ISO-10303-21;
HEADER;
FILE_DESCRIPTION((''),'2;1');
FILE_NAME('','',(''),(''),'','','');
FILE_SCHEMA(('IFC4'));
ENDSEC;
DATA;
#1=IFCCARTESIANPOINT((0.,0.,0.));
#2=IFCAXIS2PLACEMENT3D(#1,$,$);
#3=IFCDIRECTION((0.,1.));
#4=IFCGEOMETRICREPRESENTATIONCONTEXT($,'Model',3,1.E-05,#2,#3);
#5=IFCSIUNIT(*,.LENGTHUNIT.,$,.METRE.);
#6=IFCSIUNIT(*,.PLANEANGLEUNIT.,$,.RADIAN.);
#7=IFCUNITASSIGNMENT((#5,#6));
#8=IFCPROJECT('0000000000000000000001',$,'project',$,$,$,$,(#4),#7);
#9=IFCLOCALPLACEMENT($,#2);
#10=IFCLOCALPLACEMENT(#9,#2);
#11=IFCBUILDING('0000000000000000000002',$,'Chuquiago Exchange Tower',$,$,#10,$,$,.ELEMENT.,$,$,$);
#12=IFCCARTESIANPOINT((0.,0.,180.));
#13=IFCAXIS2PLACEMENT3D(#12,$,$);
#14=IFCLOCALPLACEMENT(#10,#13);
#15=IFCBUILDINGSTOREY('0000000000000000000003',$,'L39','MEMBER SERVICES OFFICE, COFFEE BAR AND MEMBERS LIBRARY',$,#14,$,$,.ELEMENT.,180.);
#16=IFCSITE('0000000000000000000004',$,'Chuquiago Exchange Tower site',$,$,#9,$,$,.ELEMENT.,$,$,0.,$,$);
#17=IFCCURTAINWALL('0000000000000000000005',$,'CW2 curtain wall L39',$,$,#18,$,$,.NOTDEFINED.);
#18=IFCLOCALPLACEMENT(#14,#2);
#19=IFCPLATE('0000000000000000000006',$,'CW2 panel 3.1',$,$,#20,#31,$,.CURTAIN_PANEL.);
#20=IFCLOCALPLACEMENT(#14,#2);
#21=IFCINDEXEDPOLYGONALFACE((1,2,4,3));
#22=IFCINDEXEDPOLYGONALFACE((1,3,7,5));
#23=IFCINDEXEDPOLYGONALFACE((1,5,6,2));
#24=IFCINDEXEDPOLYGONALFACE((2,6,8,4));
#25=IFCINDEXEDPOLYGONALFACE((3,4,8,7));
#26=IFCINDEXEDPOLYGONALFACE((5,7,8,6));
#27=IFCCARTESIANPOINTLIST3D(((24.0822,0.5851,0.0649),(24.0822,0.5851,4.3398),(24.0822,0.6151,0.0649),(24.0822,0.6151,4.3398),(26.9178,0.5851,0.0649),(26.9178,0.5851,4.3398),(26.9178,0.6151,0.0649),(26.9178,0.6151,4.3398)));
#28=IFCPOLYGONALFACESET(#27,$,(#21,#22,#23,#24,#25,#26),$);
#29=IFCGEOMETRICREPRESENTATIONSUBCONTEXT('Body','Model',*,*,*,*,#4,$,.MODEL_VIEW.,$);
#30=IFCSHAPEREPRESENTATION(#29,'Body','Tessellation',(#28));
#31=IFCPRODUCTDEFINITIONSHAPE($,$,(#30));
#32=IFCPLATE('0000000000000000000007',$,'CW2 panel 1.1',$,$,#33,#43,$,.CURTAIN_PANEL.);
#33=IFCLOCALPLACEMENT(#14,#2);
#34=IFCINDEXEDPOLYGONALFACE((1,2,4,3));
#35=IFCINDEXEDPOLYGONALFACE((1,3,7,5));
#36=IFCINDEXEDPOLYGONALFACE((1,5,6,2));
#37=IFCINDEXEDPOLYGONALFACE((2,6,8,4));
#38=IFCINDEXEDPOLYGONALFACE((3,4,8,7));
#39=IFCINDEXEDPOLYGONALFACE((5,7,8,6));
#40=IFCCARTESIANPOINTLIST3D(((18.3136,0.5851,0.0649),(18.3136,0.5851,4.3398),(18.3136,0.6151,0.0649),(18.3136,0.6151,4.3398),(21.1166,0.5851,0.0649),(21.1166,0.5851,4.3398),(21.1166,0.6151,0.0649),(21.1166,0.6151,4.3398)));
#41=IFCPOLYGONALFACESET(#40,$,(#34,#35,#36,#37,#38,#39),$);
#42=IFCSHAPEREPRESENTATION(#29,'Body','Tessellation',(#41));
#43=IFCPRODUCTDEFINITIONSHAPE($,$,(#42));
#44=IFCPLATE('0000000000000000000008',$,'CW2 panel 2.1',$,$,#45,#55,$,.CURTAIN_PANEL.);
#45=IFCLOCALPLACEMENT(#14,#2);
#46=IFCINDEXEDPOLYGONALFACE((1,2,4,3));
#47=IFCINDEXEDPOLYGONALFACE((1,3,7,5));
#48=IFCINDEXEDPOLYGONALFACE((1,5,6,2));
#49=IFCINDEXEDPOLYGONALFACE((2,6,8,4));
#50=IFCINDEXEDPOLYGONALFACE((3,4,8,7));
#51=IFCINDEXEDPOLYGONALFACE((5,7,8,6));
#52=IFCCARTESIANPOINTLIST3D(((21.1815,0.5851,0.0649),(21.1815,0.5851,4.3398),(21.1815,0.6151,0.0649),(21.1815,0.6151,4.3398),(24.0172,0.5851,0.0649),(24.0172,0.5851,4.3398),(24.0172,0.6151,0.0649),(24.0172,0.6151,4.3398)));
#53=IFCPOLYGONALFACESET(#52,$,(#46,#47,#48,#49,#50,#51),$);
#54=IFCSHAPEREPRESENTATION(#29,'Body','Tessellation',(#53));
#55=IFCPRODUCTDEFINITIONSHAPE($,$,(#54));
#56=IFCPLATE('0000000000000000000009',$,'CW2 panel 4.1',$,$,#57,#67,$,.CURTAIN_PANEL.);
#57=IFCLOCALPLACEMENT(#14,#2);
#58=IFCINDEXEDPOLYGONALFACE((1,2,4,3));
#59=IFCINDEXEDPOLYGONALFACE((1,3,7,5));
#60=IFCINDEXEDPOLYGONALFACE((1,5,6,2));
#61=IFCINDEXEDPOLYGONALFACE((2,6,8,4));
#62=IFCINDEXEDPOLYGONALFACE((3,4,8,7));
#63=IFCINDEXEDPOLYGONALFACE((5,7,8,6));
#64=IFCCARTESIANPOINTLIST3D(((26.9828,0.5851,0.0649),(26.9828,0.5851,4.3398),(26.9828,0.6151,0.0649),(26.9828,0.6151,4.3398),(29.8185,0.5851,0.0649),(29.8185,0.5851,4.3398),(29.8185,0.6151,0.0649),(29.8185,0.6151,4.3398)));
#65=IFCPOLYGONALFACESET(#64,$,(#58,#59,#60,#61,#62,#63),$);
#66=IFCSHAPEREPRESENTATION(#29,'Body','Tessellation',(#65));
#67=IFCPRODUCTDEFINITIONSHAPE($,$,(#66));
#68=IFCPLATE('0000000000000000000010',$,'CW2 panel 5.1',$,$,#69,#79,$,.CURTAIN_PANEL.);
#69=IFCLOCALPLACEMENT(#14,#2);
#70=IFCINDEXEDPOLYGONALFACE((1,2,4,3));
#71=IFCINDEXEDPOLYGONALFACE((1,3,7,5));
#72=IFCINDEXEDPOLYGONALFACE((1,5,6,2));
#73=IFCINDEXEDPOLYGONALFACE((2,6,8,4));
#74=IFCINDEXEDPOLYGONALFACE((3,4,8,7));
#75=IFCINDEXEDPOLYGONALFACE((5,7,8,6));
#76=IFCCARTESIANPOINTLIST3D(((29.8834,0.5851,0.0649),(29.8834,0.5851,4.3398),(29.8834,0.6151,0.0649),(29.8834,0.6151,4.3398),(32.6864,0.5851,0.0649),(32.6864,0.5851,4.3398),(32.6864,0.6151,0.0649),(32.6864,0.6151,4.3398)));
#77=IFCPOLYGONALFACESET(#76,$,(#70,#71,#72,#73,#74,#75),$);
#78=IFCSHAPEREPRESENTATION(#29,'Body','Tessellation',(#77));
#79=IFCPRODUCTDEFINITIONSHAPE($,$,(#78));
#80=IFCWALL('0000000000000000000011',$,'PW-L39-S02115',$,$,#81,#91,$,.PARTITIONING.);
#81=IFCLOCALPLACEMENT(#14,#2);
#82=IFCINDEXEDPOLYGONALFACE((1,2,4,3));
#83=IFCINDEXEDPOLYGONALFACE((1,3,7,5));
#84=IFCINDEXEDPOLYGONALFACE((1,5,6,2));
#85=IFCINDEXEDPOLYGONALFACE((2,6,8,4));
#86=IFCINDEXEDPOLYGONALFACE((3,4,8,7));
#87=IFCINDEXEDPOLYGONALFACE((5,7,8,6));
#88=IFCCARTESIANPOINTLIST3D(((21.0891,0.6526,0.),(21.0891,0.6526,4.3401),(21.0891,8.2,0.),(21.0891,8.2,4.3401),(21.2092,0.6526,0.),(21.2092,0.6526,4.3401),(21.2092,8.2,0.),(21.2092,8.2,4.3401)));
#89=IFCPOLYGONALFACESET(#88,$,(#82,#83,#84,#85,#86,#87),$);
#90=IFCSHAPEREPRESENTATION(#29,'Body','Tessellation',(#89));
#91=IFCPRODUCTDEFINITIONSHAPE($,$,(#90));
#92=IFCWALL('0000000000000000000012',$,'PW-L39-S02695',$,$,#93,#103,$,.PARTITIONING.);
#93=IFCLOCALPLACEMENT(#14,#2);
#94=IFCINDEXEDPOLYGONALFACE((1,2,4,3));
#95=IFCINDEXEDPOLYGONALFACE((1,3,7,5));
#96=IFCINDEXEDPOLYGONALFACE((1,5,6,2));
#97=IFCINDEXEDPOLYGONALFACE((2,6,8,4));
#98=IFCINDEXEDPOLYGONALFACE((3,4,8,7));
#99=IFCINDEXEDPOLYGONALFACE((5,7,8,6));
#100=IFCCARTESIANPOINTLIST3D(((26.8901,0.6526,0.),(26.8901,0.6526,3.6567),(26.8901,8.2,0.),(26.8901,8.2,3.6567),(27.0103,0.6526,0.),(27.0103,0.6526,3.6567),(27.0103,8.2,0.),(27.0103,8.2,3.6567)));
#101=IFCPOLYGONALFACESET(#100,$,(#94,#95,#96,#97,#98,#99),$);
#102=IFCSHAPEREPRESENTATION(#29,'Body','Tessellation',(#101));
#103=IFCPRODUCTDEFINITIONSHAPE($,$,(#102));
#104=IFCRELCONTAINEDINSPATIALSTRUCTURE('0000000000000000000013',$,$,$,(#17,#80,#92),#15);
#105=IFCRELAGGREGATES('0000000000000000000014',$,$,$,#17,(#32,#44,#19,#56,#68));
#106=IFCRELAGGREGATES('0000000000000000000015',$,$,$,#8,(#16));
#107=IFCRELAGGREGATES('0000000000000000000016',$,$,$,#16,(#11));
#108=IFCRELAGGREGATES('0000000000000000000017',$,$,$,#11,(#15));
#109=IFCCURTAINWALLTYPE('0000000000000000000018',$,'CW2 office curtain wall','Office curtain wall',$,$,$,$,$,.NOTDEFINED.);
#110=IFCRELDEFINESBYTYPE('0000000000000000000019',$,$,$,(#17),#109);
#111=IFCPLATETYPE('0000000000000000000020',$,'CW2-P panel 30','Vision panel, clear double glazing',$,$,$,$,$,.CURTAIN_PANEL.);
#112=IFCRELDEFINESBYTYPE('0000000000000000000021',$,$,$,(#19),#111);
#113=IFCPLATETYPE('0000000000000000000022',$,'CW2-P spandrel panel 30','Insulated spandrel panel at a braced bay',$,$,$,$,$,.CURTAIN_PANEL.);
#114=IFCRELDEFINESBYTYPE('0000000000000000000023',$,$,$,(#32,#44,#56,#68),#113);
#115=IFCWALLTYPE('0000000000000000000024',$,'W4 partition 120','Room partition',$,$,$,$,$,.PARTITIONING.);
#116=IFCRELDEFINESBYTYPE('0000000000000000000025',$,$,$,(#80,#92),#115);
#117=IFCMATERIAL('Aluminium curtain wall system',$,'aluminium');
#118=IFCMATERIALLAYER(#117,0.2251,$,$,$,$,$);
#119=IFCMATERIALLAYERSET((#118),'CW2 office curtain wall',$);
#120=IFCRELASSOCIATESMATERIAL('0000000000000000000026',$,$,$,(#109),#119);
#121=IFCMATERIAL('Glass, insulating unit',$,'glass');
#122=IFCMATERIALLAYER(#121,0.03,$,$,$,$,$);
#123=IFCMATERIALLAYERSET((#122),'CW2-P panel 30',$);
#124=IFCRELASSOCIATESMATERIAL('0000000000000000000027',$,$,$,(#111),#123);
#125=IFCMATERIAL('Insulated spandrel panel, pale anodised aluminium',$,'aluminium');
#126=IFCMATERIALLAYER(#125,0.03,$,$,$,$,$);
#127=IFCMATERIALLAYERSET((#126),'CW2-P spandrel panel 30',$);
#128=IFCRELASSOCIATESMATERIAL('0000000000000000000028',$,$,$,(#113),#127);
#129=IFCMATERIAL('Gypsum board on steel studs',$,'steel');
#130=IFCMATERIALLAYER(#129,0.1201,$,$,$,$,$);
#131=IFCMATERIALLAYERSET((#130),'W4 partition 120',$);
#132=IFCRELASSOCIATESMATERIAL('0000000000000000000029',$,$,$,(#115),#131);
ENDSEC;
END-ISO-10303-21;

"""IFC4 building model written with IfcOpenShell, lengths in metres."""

from ifc_helpers import new_model, si_unit, direction, frame, frame_2d, origin, origin_2d, place, context, subcontext, project, spatial, rectangle, extrude, material, layer, layer_set, type_object, element, aggregate, save


model = new_model("IFC4")

# Units and contexts
model_context = context("Model", 3, precision=1e-05, world=origin(), true_north=direction((0.0, 1.0)))
body_context = subcontext(model_context, "Body", "Model", "MODEL_VIEW")
ifc_project = project(units=[si_unit("LENGTHUNIT", "METRE"), si_unit("PLANEANGLEUNIT", "RADIAN")], contexts=[model_context])

# Site, building, storey
site_placement = place(None, origin())
site = spatial("IfcSite", under=ifc_project, at=site_placement, Name="Chuquiago Exchange Tower site", CompositionType="ELEMENT", RefElevation=0.0)
building_placement = place(site_placement, origin())
building = spatial("IfcBuilding", under=site, at=building_placement, Name="Chuquiago Exchange Tower", CompositionType="ELEMENT")
storey_placement = place(building_placement, frame((0.0, 0.0, 180.0)))
storey = spatial("IfcBuildingStorey", under=building, at=storey_placement, Name="L39", Description="MEMBER SERVICES OFFICE, COFFEE BAR AND MEMBERS LIBRARY", CompositionType="ELEMENT", Elevation=180.0)

# Curtain wall
ifc_material_1 = material(Name="Aluminium curtain wall system", Category="aluminium")
ifc_layer_1 = layer(ifc_material_1, 0.2251)
ifc_layer_set_1 = layer_set([ifc_layer_1], Name="CW2 office curtain wall")
curtain_wall_type_1 = type_object("IfcCurtainWallType", Name="CW2 office curtain wall", Description="Office curtain wall", PredefinedType="NOTDEFINED", material=ifc_layer_set_1)
curtain_wall_1_placement = place(storey_placement, origin())
curtain_wall_1 = element("IfcCurtainWall", 1, at=curtain_wall_1_placement, inside=storey, type_object=curtain_wall_type_1, Name="CW2 curtain wall L39", PredefinedType="NOTDEFINED")

# Plates
ifc_material_2 = material(Name="Glass, insulating unit", Category="glass")
ifc_layer_2 = layer(ifc_material_2, 0.03)
ifc_layer_set_2 = layer_set([ifc_layer_2], Name="CW2-P panel 30")
plate_type_1 = type_object("IfcPlateType", Name="CW2-P panel 30", Description="Vision panel, clear double glazing", PredefinedType="CURTAIN_PANEL", material=ifc_layer_set_2)
plate_1_placement = place(storey_placement, frame((25.5, 0.6001, 0.0649), z_axis=(0.0, 0.0, 1.0), x_axis=(1.0, 0.0, 0.0)))
plate_1 = element("IfcPlate", 2, at=plate_1_placement, type_object=plate_type_1, Name="CW2 panel 3.1", PredefinedType="CURTAIN_PANEL", context=body_context, shape_type="SweptSolid", body=[
    extrude(rectangle(XDim=2.8357, YDim=0.03, at=origin_2d()), origin(), (0.0, 0.0, 1.0), 4.2749),
])
ifc_material_3 = material(Name="Insulated spandrel panel, pale anodised aluminium", Category="aluminium")
ifc_layer_3 = layer(ifc_material_3, 0.03)
ifc_layer_set_3 = layer_set([ifc_layer_3], Name="CW2-P spandrel panel 30")
plate_type_2 = type_object("IfcPlateType", Name="CW2-P spandrel panel 30", Description="Insulated spandrel panel at a braced bay", PredefinedType="CURTAIN_PANEL", material=ifc_layer_set_3)
plate_2_placement = place(storey_placement, frame((19.7151, 0.6001, 0.0649), z_axis=(0.0, 0.0, 1.0), x_axis=(1.0, 0.0, 0.0)))
plate_2 = element("IfcPlate", 3, at=plate_2_placement, type_object=plate_type_2, Name="CW2 panel 1.1", PredefinedType="CURTAIN_PANEL", context=body_context, shape_type="SweptSolid", body=[
    extrude(rectangle(XDim=2.803, YDim=0.03, at=origin_2d()), origin(), (0.0, 0.0, 1.0), 4.2749),
])
plate_3_placement = place(storey_placement, frame((22.5994, 0.6001, 0.0649), z_axis=(0.0, 0.0, 1.0), x_axis=(1.0, 0.0, 0.0)))
plate_3 = element("IfcPlate", 4, at=plate_3_placement, type_object=plate_type_2, Name="CW2 panel 2.1", PredefinedType="CURTAIN_PANEL", context=body_context, shape_type="SweptSolid", body=[
    extrude(rectangle(XDim=2.8357, YDim=0.03, at=origin_2d()), origin(), (0.0, 0.0, 1.0), 4.2749),
])
plate_4_placement = place(storey_placement, frame((28.4006, 0.6001, 0.0649), z_axis=(0.0, 0.0, 1.0), x_axis=(1.0, 0.0, 0.0)))
plate_4 = element("IfcPlate", 5, at=plate_4_placement, type_object=plate_type_2, Name="CW2 panel 4.1", PredefinedType="CURTAIN_PANEL", context=body_context, shape_type="SweptSolid", body=[
    extrude(rectangle(XDim=2.8357, YDim=0.03, at=origin_2d()), origin(), (0.0, 0.0, 1.0), 4.2749),
])
plate_5_placement = place(storey_placement, frame((31.2849, 0.6001, 0.0649), z_axis=(0.0, 0.0, 1.0), x_axis=(1.0, 0.0, 0.0)))
plate_5 = element("IfcPlate", 6, at=plate_5_placement, type_object=plate_type_2, Name="CW2 panel 5.1", PredefinedType="CURTAIN_PANEL", context=body_context, shape_type="SweptSolid", body=[
    extrude(rectangle(XDim=2.803, YDim=0.03, at=origin_2d()), origin(), (0.0, 0.0, 1.0), 4.2749),
])
aggregate(curtain_wall_1, [plate_2, plate_3, plate_1, plate_4, plate_5])

# Walls
ifc_material_4 = material(Name="Gypsum board on steel studs", Category="steel")
ifc_layer_4 = layer(ifc_material_4, 0.1201)
ifc_layer_set_4 = layer_set([ifc_layer_4], Name="W4 partition 120")
wall_type = type_object("IfcWallType", Name="W4 partition 120", Description="Room partition", PredefinedType="PARTITIONING", material=ifc_layer_set_4)
wall_1_placement = place(storey_placement, frame((21.1492, 0.6526, 0.0), z_axis=(0.0, 0.0, 1.0), x_axis=(0.0, 1.0, 0.0)))
element("IfcWall", 7, at=wall_1_placement, inside=storey, type_object=wall_type, Name="PW-L39-S02115", PredefinedType="PARTITIONING", context=body_context, shape_type="SweptSolid", body=[
    extrude(rectangle(XDim=7.5474, YDim=0.1201, at=frame_2d((3.7737, 0.0))), origin(), (0.0, 0.0, 1.0), 4.3401),
])
wall_2_placement = place(storey_placement, frame((26.9502, 0.6526, 0.0), z_axis=(0.0, 0.0, 1.0), x_axis=(0.0, 1.0, 0.0)))
element("IfcWall", 8, at=wall_2_placement, inside=storey, type_object=wall_type, Name="PW-L39-S02695", PredefinedType="PARTITIONING", context=body_context, shape_type="SweptSolid", body=[
    extrude(rectangle(XDim=7.5474, YDim=0.1201, at=frame_2d((3.7737, 0.0))), origin(), (0.0, 0.0, 1.0), 3.6567),
])

save(model, "model.ifc")
